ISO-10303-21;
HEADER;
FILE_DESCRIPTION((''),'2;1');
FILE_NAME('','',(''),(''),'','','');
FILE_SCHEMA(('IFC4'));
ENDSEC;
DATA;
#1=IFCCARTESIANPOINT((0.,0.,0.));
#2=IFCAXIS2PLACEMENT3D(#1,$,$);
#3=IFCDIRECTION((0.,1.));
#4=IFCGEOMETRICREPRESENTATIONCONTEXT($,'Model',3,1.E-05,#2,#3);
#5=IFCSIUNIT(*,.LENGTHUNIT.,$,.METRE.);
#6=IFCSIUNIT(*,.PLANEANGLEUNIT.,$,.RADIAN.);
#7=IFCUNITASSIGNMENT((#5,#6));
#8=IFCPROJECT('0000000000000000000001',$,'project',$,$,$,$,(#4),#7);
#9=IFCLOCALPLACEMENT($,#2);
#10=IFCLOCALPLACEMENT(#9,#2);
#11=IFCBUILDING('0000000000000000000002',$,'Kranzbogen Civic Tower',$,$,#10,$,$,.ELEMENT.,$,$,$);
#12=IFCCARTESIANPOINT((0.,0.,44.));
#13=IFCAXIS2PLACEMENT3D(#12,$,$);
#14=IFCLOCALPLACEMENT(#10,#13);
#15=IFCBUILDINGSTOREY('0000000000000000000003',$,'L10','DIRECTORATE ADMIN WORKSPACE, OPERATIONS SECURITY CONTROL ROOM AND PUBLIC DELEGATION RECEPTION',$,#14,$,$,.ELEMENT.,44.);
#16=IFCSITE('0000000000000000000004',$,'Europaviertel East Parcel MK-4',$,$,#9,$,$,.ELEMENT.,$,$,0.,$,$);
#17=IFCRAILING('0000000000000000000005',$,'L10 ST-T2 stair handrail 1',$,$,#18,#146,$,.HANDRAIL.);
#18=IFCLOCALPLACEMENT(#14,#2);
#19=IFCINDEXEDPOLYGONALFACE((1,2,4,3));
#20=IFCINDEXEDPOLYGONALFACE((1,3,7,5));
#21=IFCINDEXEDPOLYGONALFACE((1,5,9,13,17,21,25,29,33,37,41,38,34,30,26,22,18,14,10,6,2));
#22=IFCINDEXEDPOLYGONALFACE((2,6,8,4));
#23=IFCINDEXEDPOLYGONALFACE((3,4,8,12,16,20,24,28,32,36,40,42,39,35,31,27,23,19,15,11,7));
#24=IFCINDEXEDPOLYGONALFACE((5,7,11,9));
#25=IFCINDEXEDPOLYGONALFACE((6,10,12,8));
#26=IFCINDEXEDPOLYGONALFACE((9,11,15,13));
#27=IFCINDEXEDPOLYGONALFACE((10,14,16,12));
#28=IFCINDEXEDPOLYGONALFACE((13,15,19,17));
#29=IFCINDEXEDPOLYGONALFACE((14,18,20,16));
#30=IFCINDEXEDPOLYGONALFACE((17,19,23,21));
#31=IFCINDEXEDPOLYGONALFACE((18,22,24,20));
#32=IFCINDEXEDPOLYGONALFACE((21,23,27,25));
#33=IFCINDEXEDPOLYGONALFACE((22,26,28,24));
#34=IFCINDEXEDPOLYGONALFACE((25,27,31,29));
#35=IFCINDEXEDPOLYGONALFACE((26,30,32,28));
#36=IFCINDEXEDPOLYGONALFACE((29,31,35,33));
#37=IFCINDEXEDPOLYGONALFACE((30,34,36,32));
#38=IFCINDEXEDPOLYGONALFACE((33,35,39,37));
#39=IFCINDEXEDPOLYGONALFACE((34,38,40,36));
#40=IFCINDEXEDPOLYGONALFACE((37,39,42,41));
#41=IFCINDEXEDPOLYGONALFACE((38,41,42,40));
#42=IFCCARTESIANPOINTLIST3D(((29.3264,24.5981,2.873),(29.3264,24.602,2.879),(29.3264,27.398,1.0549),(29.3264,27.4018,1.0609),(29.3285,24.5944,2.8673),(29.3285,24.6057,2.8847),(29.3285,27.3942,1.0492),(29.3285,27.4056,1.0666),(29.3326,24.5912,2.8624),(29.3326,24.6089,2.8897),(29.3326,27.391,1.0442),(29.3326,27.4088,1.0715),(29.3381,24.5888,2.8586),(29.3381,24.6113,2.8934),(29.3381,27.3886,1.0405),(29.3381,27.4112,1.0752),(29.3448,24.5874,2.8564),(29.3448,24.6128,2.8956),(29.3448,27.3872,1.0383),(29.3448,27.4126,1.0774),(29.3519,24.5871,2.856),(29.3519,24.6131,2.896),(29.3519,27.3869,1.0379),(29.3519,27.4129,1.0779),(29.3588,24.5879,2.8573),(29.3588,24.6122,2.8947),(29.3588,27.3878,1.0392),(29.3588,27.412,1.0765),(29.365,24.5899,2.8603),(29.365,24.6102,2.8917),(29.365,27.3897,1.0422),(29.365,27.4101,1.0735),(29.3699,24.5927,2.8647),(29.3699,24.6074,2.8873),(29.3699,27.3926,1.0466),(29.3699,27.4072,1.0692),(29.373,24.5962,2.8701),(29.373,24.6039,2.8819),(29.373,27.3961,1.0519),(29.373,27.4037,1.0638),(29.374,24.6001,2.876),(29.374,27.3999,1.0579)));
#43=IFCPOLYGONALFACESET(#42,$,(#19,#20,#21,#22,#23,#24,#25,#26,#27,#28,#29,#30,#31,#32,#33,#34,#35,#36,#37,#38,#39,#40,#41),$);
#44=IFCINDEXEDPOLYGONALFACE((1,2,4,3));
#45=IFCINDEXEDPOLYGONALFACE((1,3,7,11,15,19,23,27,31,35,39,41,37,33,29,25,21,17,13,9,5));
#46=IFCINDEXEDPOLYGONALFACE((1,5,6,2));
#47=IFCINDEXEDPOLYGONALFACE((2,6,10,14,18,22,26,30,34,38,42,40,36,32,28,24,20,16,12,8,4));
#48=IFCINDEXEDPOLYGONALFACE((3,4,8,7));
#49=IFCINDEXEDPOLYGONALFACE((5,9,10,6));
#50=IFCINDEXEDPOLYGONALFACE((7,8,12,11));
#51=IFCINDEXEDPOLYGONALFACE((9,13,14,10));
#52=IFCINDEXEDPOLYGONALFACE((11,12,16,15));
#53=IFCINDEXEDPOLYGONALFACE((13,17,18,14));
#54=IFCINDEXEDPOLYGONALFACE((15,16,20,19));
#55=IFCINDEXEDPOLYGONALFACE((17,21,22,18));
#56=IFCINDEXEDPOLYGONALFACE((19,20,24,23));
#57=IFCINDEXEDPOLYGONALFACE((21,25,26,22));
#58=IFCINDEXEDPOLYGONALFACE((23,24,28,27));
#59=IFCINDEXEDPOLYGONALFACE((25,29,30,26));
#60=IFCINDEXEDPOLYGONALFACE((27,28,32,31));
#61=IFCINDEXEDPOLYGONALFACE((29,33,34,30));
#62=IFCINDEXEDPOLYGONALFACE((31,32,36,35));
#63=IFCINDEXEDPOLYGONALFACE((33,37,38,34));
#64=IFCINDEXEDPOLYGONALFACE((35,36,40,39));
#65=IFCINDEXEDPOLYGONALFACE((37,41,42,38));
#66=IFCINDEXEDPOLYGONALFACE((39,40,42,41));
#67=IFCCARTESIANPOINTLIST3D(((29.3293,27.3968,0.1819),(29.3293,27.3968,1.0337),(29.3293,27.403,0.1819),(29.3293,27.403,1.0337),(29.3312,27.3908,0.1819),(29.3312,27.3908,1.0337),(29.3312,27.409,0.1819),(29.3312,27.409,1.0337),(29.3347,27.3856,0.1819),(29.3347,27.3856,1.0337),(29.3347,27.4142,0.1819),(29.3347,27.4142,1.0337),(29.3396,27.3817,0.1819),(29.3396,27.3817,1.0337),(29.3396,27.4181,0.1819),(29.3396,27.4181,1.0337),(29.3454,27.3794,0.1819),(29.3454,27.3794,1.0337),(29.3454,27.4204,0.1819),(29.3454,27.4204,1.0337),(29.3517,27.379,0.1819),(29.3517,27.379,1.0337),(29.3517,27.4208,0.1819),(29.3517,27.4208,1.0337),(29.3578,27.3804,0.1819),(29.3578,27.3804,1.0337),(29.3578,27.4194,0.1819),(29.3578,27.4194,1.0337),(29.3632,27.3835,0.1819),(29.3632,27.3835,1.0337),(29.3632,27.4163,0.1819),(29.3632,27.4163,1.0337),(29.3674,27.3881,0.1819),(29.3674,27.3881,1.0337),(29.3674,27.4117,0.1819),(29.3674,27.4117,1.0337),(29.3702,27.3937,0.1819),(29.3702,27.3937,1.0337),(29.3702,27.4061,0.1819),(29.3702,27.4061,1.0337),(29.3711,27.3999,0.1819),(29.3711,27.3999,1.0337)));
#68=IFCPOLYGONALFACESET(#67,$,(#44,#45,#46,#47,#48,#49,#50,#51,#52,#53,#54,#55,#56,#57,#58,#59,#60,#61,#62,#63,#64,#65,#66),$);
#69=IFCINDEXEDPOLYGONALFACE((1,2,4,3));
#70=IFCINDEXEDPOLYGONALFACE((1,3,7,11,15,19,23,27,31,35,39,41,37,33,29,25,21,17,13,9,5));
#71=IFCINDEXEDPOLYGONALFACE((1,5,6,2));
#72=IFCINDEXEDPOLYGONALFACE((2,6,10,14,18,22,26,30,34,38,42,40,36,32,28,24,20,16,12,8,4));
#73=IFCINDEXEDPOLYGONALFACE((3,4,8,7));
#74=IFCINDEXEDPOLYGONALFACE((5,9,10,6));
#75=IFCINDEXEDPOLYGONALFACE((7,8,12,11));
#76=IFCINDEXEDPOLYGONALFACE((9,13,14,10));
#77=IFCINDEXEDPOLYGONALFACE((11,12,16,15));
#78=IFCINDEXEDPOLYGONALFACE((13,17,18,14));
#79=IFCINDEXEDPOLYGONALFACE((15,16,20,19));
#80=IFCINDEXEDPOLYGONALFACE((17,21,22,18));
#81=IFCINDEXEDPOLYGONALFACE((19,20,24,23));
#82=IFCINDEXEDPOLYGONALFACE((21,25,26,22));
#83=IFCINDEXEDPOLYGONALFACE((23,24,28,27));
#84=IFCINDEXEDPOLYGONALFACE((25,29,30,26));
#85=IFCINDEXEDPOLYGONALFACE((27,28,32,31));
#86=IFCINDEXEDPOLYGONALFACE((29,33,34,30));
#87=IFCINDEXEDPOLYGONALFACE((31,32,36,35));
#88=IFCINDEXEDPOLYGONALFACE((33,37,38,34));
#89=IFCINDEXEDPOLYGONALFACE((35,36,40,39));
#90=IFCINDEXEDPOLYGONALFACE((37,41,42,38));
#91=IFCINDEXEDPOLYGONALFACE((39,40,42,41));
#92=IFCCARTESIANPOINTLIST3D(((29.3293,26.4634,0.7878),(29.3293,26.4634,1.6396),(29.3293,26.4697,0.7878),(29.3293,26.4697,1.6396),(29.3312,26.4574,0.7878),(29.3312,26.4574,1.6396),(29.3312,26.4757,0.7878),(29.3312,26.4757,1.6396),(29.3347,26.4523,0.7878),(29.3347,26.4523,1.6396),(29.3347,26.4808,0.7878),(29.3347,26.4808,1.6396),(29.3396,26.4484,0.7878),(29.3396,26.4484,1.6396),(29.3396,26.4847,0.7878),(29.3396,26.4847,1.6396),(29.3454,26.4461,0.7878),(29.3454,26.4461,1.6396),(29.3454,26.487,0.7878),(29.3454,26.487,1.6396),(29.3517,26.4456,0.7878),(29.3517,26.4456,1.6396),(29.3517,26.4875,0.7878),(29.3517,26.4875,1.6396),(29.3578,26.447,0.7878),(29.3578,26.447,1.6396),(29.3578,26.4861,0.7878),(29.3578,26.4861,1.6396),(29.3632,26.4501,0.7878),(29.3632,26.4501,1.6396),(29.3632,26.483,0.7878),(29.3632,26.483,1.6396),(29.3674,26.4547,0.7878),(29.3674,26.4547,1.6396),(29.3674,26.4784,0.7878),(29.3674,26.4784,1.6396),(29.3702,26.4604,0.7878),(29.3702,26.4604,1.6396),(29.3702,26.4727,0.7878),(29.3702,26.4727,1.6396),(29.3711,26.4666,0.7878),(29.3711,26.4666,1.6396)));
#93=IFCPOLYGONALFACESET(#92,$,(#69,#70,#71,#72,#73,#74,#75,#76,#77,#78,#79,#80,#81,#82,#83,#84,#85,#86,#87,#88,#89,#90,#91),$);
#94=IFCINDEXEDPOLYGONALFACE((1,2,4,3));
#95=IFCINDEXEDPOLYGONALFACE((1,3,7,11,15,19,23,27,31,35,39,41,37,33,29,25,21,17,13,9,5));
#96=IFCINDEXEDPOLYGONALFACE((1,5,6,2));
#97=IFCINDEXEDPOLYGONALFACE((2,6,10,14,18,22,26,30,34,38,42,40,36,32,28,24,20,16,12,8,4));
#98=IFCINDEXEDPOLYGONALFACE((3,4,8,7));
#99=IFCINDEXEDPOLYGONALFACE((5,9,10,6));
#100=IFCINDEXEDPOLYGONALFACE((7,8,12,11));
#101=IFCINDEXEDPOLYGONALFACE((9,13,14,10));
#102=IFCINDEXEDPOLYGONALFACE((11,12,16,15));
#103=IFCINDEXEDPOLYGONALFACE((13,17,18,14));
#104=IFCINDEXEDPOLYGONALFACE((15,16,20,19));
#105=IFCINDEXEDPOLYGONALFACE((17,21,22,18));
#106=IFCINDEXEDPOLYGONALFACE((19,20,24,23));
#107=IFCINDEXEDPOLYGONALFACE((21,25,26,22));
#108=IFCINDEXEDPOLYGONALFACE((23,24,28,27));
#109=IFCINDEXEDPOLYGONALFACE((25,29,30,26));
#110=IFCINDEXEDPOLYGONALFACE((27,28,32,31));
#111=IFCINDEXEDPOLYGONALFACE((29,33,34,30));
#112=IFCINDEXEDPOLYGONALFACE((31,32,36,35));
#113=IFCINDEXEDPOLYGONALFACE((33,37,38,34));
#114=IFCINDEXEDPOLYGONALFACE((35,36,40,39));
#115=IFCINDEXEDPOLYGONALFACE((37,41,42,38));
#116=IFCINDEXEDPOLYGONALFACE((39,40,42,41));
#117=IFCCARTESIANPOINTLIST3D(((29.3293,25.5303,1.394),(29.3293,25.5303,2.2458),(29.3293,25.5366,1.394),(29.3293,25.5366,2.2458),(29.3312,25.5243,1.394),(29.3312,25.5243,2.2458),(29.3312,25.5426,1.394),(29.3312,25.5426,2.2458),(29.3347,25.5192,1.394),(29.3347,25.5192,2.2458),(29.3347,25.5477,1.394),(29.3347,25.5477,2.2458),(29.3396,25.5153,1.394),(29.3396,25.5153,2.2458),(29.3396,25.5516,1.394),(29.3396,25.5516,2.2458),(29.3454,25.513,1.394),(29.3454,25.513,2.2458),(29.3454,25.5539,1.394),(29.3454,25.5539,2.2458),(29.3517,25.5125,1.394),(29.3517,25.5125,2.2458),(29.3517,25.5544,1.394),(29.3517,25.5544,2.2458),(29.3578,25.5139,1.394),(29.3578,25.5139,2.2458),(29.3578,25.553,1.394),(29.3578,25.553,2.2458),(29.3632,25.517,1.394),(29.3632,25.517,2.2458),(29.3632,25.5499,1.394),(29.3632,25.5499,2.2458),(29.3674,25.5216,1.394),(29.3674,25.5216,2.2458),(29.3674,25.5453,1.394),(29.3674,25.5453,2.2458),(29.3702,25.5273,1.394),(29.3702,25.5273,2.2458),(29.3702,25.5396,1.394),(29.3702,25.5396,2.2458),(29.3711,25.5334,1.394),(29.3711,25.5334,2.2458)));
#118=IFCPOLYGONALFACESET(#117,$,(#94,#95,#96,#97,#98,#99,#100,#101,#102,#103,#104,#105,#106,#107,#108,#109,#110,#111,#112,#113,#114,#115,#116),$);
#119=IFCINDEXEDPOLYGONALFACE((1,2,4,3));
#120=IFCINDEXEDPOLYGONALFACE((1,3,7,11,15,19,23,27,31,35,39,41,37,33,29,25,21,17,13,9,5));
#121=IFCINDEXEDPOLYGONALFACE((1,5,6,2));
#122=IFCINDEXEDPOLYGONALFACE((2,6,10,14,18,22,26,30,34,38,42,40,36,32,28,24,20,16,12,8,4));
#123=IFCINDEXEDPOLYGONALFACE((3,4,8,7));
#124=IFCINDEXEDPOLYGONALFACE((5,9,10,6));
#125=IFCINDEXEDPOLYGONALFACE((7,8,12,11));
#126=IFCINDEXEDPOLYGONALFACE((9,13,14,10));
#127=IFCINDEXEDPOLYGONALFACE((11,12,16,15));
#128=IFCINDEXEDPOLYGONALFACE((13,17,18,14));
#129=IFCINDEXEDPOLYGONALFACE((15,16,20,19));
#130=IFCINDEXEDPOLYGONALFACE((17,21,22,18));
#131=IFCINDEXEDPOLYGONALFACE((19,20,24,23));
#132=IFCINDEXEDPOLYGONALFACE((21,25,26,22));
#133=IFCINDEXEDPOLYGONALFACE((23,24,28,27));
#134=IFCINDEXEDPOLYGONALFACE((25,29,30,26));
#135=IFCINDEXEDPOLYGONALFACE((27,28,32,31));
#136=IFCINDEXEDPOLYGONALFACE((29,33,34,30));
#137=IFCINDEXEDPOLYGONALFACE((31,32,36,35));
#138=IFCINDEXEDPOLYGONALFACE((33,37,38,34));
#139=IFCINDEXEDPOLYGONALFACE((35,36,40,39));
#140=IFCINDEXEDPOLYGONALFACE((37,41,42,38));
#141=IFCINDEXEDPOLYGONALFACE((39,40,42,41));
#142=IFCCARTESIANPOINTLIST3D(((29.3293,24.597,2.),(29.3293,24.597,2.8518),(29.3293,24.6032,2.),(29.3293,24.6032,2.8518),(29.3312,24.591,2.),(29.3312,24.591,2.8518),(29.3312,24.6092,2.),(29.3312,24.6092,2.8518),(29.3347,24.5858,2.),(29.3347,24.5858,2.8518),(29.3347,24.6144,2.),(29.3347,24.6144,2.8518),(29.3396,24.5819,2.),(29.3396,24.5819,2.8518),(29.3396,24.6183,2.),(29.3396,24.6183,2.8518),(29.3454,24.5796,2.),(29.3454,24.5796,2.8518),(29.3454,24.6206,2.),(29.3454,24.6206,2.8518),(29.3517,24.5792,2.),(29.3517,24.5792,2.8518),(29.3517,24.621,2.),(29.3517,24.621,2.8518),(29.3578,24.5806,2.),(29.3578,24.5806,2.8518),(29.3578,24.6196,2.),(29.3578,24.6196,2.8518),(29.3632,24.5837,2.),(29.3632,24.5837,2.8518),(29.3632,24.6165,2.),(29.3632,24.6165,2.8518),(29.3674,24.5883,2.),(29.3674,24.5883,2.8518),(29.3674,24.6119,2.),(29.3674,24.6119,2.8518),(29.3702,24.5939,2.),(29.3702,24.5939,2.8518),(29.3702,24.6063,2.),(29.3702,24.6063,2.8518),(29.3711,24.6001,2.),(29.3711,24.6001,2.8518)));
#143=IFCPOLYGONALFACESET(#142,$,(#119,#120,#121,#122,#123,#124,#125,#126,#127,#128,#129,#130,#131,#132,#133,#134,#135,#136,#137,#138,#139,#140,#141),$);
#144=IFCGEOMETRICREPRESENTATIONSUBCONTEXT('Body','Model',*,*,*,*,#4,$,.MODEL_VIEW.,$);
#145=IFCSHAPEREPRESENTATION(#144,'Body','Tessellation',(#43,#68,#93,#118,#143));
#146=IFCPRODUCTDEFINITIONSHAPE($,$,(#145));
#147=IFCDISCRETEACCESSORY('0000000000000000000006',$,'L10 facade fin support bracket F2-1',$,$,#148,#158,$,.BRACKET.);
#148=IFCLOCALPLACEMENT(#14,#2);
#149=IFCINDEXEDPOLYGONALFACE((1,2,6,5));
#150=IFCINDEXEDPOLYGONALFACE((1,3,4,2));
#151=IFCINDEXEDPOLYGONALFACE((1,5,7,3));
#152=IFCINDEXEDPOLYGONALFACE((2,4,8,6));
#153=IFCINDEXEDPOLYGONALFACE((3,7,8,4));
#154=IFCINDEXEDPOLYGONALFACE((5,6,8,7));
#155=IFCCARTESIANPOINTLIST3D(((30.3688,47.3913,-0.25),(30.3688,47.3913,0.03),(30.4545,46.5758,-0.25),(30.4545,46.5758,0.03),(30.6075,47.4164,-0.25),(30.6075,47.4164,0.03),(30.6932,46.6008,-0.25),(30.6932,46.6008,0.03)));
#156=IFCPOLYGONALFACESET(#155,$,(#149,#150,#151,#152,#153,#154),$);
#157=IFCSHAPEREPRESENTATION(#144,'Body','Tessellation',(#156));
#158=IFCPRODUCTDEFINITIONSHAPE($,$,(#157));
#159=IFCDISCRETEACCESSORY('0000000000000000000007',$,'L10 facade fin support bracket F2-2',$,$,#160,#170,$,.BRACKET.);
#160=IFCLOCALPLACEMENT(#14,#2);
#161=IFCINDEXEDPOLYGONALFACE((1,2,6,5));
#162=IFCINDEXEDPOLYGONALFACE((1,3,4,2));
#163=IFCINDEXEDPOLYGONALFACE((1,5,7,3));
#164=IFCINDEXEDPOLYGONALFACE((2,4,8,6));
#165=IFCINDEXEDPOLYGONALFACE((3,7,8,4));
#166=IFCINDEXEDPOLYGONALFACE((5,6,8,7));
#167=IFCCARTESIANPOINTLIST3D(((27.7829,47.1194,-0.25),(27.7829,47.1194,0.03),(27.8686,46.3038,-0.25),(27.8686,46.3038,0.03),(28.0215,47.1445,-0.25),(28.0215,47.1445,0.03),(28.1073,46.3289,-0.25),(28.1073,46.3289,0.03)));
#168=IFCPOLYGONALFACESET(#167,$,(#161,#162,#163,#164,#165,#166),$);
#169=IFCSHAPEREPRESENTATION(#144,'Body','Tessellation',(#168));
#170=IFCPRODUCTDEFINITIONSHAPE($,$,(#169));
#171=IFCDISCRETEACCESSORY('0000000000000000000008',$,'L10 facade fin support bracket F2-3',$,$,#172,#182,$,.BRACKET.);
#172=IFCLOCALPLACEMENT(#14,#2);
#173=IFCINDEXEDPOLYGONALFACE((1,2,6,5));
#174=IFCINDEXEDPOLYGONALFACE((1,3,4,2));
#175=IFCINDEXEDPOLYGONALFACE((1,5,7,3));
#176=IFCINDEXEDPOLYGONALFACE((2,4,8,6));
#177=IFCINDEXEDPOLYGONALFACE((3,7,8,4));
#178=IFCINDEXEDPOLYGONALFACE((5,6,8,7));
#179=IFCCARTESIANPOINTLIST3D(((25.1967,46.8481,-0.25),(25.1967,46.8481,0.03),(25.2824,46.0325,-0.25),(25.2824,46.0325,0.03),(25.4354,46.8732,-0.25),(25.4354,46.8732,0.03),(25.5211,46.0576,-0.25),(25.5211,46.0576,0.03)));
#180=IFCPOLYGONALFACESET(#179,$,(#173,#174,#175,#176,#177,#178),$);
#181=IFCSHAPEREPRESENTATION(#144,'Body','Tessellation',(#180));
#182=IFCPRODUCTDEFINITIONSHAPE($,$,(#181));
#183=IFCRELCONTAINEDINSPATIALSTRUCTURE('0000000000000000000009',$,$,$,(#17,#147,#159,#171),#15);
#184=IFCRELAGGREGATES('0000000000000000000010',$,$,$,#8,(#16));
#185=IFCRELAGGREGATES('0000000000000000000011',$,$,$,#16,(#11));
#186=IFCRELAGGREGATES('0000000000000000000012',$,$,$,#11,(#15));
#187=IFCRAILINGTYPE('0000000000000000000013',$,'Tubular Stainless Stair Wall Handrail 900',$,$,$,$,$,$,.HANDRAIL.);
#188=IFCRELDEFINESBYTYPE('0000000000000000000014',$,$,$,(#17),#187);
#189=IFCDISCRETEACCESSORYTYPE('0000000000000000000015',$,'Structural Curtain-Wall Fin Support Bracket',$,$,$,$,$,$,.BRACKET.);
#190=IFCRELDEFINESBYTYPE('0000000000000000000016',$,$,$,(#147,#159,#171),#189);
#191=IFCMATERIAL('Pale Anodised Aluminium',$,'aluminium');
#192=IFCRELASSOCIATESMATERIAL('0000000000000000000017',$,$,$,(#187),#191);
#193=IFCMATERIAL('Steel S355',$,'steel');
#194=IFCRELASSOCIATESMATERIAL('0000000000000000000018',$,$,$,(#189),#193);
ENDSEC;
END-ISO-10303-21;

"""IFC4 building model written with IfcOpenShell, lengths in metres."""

from ifc_helpers import new_model, si_unit, direction, frame, origin, origin_2d, place, context, subcontext, project, spatial, rectangle, circle, extrude, material, type_object, element, save


model = new_model("IFC4")

# Units and contexts
model_context = context("Model", 3, precision=1e-05, world=origin(), true_north=direction((0.0, 1.0)))
body_context = subcontext(model_context, "Body", "Model", "MODEL_VIEW")
ifc_project = project(units=[si_unit("LENGTHUNIT", "METRE"), si_unit("PLANEANGLEUNIT", "RADIAN")], contexts=[model_context])

# Site, building, storey
site_placement = place(None, origin())
site = spatial("IfcSite", under=ifc_project, at=site_placement, Name="Europaviertel East Parcel MK-4", CompositionType="ELEMENT", RefElevation=0.0)
building_placement = place(site_placement, origin())
building = spatial("IfcBuilding", under=site, at=building_placement, Name="Kranzbogen Civic Tower", CompositionType="ELEMENT")
storey_placement = place(building_placement, frame((0.0, 0.0, 44.0)))
storey = spatial("IfcBuildingStorey", under=building, at=storey_placement, Name="L10", Description="DIRECTORATE ADMIN WORKSPACE, OPERATIONS SECURITY CONTROL ROOM AND PUBLIC DELEGATION RECEPTION", CompositionType="ELEMENT", Elevation=44.0)

# Shared definitions
ifc_material_1 = material(Name="Pale Anodised Aluminium", Category="aluminium")

# Shared definitions
ifc_material_2 = material(Name="Steel S355", Category="steel")

# Railing
railing_type_1 = type_object("IfcRailingType", Name="Tubular Stainless Stair Wall Handrail 900", PredefinedType="HANDRAIL", material=ifc_material_1)
railing_1_placement = place(storey_placement, frame((29.3501, 27.3999, 0.1819)))
element("IfcRailing", 1, at=railing_1_placement, inside=storey, type_object=railing_type_1, Name="L10 ST-T2 stair handrail 1", PredefinedType="HANDRAIL", context=body_context, shape_type="SweptSolid", body=[
    extrude(circle(Radius=0.0239, at=origin_2d()), frame((0.0, 0.0, 0.876), z_axis=(0.0, -0.838684, 0.544618), x_axis=(1.0, 0.0, 0.0)), (0.0, 0.0, 1.0), 3.3384),
    extrude(circle(Radius=0.021, at=origin_2d()), origin(), (0.0, 0.0, 1.0), 0.8518),
    extrude(circle(Radius=0.021, at=origin_2d()), frame((0.0, -0.9333, 0.606)), (0.0, 0.0, 1.0), 0.8518),
    extrude(circle(Radius=0.021, at=origin_2d()), frame((0.0, -1.8665, 1.2122)), (0.0, 0.0, 1.0), 0.8518),
    extrude(circle(Radius=0.021, at=origin_2d()), frame((0.0, -2.7998, 1.8181)), (0.0, 0.0, 1.0), 0.8518),
])

# Discrete accessories
discrete_accessory_type = type_object("IfcDiscreteAccessoryType", Name="Structural Curtain-Wall Fin Support Bracket", PredefinedType="BRACKET", material=ifc_material_2)
for number, where, z_axis, x_axis, name in (
    (2, (30.531, 46.9961, -0.25), (0.0, 0.0, 1.0), (-0.104528, 0.994522, 0.0), "L10 facade fin support bracket F2-1"),
    (3, (27.9451, 46.7241, -0.25), (0.0, 0.0, 1.0), (-0.104528, 0.994522, 0.0), "L10 facade fin support bracket F2-2"),
    (4, (25.3589, 46.4529, -0.25), (0.0, 0.0, 1.0), (-0.104528, 0.994522, 0.0), "L10 facade fin support bracket F2-3"),
):
    element("IfcDiscreteAccessory", number, at=place(storey_placement, frame(where, z_axis=z_axis, x_axis=x_axis)), inside=storey, type_object=discrete_accessory_type, Name=name, PredefinedType="BRACKET", context=body_context, shape_type="SweptSolid", body=[
        extrude(rectangle(XDim=0.8201, YDim=0.24, at=origin_2d()), origin(), (0.0, 0.0, 1.0), 0.28),
    ])

save(model, "model.ifc")
